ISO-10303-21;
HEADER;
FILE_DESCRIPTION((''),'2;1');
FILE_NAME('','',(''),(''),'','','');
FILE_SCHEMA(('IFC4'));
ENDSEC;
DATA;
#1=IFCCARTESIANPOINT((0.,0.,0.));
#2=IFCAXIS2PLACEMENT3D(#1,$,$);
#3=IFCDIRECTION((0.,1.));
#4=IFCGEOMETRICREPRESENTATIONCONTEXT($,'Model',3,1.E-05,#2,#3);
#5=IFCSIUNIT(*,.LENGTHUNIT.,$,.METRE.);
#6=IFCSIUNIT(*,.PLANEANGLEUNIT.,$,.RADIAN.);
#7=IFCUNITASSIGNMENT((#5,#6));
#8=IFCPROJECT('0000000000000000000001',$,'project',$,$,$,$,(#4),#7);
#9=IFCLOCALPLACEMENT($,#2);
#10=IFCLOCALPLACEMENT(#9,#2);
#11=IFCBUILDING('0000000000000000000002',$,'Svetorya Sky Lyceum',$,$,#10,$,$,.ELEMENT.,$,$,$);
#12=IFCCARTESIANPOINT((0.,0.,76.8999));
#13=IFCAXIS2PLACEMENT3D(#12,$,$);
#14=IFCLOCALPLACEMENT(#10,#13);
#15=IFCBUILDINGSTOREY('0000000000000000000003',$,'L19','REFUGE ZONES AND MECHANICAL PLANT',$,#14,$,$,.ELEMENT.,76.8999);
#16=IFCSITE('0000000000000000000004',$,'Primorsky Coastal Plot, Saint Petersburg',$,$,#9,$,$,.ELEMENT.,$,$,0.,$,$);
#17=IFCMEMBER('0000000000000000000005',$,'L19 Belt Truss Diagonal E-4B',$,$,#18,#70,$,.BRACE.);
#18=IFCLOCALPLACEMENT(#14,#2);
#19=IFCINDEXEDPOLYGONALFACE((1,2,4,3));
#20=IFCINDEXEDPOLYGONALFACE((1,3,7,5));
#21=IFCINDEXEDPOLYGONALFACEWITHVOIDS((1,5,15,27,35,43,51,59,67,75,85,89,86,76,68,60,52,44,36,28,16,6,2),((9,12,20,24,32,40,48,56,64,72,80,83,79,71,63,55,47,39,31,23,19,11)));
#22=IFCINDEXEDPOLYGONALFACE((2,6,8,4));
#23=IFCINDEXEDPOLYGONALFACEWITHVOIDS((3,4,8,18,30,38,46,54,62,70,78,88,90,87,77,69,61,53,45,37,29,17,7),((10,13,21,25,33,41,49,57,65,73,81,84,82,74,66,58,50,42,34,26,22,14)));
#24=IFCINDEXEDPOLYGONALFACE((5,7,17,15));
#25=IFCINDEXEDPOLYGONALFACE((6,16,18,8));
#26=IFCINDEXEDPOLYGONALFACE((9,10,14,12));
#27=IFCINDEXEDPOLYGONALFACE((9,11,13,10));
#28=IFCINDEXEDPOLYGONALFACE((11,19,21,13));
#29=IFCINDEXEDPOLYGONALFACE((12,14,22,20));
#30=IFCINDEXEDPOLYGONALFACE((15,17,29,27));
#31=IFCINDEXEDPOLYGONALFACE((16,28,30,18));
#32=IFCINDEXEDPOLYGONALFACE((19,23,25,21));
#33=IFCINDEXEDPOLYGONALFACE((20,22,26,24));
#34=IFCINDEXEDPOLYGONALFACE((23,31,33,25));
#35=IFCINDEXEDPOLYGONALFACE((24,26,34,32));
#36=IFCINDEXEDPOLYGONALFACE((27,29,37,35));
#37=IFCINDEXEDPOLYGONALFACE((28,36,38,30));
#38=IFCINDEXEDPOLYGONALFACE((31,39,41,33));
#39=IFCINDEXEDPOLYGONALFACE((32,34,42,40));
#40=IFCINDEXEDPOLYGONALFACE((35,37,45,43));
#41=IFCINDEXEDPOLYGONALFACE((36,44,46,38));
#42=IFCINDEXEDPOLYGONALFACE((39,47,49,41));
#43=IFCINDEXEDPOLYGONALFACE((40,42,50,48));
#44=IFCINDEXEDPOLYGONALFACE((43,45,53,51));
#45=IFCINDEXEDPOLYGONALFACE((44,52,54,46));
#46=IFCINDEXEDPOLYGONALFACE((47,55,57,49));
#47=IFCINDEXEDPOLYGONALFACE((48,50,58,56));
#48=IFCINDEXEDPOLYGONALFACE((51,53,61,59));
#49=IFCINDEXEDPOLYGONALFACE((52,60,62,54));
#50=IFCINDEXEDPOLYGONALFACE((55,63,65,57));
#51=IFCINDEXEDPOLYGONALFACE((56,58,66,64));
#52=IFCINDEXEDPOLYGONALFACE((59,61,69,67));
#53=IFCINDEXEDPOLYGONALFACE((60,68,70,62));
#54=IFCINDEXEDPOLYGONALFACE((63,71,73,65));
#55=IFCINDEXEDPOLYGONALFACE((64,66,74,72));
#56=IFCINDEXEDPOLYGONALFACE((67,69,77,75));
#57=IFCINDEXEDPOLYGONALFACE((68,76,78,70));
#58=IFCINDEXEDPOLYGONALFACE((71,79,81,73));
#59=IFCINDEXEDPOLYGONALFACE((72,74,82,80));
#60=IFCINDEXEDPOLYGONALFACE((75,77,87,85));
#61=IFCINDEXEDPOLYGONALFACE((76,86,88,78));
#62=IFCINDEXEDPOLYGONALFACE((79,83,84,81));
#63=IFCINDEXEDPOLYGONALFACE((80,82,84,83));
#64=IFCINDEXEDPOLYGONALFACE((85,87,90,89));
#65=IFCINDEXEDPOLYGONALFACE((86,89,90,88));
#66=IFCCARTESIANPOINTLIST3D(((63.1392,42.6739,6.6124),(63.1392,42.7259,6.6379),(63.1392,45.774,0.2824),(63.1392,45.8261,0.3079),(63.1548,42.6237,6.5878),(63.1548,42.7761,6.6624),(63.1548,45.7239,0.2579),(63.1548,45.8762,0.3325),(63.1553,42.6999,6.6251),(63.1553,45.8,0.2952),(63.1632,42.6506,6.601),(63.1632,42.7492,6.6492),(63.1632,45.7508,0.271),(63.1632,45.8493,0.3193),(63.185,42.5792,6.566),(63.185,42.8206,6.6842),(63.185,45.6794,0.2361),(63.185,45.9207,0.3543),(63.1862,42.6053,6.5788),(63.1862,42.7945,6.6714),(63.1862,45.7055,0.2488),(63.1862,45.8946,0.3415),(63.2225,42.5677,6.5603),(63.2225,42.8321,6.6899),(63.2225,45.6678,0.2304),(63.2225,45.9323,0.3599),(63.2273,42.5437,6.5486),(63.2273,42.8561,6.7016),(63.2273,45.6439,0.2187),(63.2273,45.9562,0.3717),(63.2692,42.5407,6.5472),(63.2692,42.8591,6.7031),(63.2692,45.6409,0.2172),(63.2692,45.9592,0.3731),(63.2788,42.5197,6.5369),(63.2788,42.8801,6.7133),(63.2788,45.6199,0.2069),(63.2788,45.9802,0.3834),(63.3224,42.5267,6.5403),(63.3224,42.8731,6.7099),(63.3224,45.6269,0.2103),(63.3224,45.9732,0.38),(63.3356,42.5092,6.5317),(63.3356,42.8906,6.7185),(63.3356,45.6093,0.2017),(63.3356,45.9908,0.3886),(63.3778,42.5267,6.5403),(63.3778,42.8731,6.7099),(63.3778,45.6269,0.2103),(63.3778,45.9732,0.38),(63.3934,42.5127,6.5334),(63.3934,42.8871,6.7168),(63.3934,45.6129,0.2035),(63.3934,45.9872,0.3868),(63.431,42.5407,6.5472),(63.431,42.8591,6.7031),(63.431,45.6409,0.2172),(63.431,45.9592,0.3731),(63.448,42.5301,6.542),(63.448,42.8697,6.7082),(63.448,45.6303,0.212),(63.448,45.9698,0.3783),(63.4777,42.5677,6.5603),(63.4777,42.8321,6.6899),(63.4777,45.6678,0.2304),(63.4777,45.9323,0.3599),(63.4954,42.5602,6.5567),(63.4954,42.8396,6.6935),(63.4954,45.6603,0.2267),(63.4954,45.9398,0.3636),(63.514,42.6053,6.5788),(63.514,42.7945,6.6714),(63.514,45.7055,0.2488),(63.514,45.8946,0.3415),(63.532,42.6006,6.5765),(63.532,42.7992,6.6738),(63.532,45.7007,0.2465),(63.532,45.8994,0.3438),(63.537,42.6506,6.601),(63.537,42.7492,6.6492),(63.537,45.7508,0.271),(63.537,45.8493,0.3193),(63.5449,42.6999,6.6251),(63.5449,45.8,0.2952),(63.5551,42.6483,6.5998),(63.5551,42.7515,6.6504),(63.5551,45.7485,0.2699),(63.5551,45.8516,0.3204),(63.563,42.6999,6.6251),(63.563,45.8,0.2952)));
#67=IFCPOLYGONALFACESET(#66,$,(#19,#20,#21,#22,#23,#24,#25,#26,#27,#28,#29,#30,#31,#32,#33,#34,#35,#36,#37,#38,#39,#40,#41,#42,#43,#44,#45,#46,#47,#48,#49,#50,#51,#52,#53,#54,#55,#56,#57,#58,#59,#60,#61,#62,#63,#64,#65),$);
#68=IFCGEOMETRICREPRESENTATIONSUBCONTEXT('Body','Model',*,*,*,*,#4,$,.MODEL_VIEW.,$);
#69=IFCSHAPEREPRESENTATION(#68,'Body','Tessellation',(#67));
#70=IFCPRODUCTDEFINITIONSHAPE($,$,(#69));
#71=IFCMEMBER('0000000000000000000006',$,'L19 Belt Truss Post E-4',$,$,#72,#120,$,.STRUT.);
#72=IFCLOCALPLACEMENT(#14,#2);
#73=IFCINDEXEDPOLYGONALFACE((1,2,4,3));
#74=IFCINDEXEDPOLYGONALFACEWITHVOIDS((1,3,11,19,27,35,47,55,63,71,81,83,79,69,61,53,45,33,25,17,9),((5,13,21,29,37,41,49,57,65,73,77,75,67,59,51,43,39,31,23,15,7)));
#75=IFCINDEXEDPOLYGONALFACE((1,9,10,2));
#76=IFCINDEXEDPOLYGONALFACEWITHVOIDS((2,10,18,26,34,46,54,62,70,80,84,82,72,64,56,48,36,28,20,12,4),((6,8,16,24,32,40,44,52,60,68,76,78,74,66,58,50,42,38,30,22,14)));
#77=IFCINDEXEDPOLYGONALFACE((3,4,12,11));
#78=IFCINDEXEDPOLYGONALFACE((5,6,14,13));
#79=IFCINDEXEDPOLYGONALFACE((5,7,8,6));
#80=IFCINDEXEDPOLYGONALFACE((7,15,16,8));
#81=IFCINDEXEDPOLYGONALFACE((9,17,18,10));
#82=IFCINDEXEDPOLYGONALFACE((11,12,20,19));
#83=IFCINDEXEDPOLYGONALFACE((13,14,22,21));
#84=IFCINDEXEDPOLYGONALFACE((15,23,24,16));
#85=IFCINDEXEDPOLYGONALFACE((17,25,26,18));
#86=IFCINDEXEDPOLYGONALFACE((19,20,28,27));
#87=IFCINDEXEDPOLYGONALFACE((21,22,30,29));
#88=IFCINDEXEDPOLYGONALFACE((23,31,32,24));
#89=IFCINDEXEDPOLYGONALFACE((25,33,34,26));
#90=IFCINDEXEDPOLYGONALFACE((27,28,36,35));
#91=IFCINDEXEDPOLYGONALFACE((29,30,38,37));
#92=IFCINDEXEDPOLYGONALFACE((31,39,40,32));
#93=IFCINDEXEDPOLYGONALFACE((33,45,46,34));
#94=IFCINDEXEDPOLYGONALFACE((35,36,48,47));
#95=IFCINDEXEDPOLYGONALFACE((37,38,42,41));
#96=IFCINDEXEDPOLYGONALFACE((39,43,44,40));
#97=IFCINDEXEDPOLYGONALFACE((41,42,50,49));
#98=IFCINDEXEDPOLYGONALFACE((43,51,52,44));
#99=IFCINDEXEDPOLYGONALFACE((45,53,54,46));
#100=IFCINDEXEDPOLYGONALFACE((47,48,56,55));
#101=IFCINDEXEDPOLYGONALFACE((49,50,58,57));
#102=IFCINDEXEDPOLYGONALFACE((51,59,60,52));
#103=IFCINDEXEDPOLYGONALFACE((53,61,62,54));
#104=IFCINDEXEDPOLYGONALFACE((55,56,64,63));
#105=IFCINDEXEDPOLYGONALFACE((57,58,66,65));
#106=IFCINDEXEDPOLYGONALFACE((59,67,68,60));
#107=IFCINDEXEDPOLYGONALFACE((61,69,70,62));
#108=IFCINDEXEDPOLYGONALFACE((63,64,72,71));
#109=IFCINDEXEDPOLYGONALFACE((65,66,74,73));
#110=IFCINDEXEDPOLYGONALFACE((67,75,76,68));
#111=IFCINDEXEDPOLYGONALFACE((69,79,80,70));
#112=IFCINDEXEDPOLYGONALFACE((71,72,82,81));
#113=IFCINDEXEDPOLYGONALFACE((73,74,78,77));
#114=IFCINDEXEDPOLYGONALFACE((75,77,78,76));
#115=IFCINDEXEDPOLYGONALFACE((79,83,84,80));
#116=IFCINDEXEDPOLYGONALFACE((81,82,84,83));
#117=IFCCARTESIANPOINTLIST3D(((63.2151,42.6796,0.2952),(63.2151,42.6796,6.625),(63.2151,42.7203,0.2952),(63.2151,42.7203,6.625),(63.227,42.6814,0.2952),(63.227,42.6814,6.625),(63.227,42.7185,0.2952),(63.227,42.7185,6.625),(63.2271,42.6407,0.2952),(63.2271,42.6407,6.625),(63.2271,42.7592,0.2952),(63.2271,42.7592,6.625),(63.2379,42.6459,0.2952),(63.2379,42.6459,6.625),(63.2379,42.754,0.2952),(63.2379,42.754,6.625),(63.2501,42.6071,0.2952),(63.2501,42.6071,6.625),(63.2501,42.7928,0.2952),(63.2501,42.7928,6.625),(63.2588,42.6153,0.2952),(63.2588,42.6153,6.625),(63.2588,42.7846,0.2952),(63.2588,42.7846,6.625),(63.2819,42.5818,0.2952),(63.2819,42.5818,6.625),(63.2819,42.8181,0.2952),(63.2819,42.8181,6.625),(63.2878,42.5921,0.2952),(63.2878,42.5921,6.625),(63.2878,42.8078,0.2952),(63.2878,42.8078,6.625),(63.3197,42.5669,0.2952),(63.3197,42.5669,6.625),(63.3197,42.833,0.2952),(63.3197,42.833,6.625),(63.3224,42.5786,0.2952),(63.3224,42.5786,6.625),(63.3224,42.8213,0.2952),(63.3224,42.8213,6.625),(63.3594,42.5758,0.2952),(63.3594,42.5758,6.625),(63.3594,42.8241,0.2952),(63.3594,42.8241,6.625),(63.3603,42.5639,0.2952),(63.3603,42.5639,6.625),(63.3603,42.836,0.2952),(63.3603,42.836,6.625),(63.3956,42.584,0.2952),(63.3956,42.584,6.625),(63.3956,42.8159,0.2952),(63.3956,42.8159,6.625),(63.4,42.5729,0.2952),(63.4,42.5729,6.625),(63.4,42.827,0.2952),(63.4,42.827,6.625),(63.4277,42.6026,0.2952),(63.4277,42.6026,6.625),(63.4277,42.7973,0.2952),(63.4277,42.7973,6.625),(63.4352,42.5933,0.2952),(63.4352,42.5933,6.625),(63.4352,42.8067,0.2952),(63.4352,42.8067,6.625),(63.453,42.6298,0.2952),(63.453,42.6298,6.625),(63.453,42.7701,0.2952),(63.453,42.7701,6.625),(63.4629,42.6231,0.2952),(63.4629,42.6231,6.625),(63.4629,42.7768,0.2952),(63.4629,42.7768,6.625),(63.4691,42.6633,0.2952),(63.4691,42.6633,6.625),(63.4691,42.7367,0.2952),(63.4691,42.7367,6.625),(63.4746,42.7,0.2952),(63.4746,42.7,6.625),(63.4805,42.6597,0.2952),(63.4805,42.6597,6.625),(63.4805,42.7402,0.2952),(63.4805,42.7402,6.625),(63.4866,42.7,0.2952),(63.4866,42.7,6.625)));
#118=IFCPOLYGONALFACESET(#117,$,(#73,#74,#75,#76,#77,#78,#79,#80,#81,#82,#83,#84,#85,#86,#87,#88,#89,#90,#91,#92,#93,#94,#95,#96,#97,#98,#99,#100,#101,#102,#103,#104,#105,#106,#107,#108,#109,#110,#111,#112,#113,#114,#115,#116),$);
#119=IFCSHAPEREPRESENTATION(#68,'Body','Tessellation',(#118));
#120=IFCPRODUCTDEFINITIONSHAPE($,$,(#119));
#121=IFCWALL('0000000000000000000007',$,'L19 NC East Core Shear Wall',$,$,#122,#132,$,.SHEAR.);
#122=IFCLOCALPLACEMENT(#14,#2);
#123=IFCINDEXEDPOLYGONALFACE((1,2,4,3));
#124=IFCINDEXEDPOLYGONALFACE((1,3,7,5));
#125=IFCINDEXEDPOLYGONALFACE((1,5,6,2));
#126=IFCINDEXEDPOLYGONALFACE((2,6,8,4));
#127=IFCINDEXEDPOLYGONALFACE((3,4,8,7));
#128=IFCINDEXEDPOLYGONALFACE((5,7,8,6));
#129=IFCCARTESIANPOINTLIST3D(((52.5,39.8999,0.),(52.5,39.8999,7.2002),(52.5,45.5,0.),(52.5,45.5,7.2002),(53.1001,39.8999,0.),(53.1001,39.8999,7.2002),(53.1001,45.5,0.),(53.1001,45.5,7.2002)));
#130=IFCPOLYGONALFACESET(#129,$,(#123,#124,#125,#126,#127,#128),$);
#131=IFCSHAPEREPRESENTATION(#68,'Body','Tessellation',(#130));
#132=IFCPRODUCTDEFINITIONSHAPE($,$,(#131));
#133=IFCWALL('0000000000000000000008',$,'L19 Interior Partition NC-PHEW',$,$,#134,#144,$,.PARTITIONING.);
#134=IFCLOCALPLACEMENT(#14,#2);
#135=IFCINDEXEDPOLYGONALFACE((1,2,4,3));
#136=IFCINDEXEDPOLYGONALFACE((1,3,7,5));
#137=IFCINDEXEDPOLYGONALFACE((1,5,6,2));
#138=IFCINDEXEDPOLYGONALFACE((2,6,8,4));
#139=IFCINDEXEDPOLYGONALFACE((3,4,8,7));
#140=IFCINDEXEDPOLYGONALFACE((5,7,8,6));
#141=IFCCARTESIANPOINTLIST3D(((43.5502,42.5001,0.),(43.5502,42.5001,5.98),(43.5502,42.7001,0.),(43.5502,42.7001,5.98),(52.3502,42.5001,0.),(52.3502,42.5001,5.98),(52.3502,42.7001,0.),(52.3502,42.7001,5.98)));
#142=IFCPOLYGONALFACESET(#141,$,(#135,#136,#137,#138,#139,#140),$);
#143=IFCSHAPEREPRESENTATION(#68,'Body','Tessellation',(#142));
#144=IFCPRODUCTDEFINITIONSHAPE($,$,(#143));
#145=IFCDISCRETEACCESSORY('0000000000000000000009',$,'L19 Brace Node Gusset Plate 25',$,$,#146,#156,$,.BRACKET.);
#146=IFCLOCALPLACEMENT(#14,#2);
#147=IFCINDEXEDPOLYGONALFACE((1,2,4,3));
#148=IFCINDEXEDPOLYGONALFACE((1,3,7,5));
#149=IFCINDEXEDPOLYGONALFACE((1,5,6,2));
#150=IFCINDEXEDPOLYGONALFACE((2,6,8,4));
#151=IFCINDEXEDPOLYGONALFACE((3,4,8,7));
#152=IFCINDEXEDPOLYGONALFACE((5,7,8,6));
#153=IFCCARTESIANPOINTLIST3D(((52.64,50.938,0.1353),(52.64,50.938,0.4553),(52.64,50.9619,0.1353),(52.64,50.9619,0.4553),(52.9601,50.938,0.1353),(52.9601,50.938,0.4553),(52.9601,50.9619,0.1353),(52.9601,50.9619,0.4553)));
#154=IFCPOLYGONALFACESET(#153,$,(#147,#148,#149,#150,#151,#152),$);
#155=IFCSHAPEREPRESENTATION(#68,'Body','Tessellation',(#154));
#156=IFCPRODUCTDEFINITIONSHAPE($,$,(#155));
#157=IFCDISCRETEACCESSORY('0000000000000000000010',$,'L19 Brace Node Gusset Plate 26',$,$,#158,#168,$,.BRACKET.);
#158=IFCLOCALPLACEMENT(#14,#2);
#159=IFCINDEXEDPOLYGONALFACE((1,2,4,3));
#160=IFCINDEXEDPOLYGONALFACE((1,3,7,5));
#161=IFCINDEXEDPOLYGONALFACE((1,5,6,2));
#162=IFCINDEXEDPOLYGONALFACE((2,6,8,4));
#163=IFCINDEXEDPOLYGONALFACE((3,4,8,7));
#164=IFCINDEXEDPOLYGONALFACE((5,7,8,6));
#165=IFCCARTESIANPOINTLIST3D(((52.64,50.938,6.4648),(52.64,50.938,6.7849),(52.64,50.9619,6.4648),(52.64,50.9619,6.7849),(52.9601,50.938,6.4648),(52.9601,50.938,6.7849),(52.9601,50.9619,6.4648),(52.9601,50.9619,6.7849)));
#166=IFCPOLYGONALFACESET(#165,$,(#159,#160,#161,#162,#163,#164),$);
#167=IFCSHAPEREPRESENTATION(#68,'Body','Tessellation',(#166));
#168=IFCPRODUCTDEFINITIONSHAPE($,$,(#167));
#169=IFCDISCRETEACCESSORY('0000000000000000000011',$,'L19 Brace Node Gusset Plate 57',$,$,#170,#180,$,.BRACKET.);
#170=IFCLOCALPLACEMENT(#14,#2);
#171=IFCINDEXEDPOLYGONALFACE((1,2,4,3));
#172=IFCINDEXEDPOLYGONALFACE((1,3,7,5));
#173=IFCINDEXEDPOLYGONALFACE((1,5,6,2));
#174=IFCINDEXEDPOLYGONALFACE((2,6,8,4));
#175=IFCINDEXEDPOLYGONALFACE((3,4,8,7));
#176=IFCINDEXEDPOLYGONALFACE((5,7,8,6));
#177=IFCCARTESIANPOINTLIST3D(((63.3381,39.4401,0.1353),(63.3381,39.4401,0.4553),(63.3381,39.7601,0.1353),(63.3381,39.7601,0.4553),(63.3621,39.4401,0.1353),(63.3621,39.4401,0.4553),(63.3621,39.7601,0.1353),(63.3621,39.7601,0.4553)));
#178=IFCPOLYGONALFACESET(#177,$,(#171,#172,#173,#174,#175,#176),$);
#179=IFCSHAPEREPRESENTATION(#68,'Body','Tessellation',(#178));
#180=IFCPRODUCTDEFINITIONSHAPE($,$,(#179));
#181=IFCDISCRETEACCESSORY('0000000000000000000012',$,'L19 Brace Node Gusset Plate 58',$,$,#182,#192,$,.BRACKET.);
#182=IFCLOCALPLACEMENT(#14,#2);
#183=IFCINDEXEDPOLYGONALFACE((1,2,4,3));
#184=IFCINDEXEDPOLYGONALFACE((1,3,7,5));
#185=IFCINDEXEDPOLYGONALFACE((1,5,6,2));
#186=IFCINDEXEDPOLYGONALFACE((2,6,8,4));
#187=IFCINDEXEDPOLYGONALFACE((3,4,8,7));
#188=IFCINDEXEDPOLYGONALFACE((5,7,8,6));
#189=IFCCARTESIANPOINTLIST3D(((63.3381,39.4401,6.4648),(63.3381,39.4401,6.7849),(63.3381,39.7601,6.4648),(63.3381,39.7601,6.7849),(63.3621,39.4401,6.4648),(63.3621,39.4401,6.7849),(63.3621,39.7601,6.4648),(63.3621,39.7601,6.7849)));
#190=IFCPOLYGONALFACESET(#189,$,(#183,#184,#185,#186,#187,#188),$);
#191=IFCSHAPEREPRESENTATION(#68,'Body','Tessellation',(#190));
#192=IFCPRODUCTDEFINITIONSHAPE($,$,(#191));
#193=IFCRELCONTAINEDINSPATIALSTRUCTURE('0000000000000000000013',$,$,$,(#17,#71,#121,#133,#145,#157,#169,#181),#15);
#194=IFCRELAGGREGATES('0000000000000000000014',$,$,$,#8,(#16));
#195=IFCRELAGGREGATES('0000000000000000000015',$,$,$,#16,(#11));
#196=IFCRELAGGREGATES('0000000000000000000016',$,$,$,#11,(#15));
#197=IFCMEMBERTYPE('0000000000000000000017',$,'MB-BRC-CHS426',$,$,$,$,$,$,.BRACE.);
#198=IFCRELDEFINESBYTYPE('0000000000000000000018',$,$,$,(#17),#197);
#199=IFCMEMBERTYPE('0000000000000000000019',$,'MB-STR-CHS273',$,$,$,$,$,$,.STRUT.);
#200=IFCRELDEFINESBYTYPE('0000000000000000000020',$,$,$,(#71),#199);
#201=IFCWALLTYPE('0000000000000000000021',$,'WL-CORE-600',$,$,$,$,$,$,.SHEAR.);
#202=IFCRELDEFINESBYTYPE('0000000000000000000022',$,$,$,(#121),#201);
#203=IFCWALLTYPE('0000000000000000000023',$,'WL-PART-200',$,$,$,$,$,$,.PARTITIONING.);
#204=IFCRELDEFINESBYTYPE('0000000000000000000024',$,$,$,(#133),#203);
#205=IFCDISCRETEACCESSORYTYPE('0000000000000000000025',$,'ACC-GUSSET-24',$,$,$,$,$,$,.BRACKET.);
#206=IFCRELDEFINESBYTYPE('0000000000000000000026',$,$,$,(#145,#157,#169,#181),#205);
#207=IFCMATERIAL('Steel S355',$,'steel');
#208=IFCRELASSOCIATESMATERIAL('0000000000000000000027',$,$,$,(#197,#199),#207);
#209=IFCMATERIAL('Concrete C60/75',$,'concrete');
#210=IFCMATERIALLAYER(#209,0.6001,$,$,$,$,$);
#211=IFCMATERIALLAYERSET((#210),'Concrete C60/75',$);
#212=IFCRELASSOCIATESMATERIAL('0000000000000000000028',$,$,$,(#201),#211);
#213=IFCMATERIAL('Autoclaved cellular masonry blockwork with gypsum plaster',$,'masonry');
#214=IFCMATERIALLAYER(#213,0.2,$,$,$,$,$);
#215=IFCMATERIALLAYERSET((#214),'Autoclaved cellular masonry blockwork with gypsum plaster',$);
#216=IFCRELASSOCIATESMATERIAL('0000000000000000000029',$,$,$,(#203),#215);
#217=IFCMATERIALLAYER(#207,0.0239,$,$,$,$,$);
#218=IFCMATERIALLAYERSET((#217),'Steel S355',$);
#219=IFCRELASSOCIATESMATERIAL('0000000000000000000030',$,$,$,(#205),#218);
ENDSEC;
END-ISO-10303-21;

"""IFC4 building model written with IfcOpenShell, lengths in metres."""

from ifc_helpers import new_model, si_unit, direction, frame, frame_2d, origin, origin_2d, place, context, subcontext, project, spatial, rectangle, hollow_circle, extrude, material, layer, layer_set, material_profile, profile_set, type_object, element, save


model = new_model("IFC4")

# Units and contexts
model_context = context("Model", 3, precision=1e-05, world=origin(), true_north=direction((0.0, 1.0)))
body_context = subcontext(model_context, "Body", "Model", "MODEL_VIEW")
ifc_project = project(units=[si_unit("LENGTHUNIT", "METRE"), si_unit("PLANEANGLEUNIT", "RADIAN")], contexts=[model_context])

# Site, building, storey
site_placement = place(None, origin())
site = spatial("IfcSite", under=ifc_project, at=site_placement, Name="Primorsky Coastal Plot, Saint Petersburg", CompositionType="ELEMENT", RefElevation=0.0)
building_placement = place(site_placement, origin())
building = spatial("IfcBuilding", under=site, at=building_placement, Name="Svetorya Sky Lyceum", CompositionType="ELEMENT")
storey_placement = place(building_placement, frame((0.0, 0.0, 76.8999)))
storey = spatial("IfcBuildingStorey", under=building, at=storey_placement, Name="L19", Description="REFUGE ZONES AND MECHANICAL PLANT", CompositionType="ELEMENT", Elevation=76.8999)

# Shared definitions
ifc_material_1 = material(Name="Concrete C60/75", Category="concrete")

# Shared definitions
ifc_material_2 = material(Name="Steel S355", Category="steel")

# Members
ifc_material_profile_1 = material_profile(ifc_material_2, hollow_circle(Radius=0.2129, WallThickness=0.0181, at=origin_2d()), Name="CHS 426x18")
ifc_profile_set_1 = profile_set([ifc_material_profile_1], Name="Steel S355")
member_type_1 = type_object("IfcMemberType", Name="MB-BRC-CHS426", PredefinedType="BRACE", material=ifc_profile_set_1)
member_1_placement = place(storey_placement, frame((63.3501, 45.8, 0.2952), z_axis=(0.0, -0.439841, 0.898076), x_axis=(1.0, 0.0, 0.0)))
element("IfcMember", 1, at=member_1_placement, inside=storey, type_object=member_type_1, Name="L19 Belt Truss Diagonal E-4B", PredefinedType="BRACE", context=body_context, shape_type="SweptSolid", body=[
    extrude(hollow_circle(Radius=0.2129, WallThickness=0.0181, at=origin_2d()), origin(), (0.0, 0.0, 1.0), 7.0483),
])
ifc_material_profile_2 = material_profile(ifc_material_2, hollow_circle(Radius=0.1365, WallThickness=0.012, at=origin_2d()), Name="CHS 273x12")
ifc_profile_set_2 = profile_set([ifc_material_profile_2], Name="Steel S355")
member_type_2 = type_object("IfcMemberType", Name="MB-STR-CHS273", PredefinedType="STRUT", material=ifc_profile_set_2)
member_2_placement = place(storey_placement, frame((63.3501, 42.7, 0.2952), z_axis=(0.0, 0.0, 1.0), x_axis=(1.0, 0.0, 0.0)))
element("IfcMember", 2, at=member_2_placement, inside=storey, type_object=member_type_2, Name="L19 Belt Truss Post E-4", PredefinedType="STRUT", context=body_context, shape_type="SweptSolid", body=[
    extrude(hollow_circle(Radius=0.1365, WallThickness=0.012, at=origin_2d()), origin(), (0.0, 0.0, 1.0), 6.3298),
])

# Walls
ifc_layer_1 = layer(ifc_material_1, 0.6001)
ifc_layer_set_1 = layer_set([ifc_layer_1], Name="Concrete C60/75")
wall_type_1 = type_object("IfcWallType", Name="WL-CORE-600", PredefinedType="SHEAR", material=ifc_layer_set_1)
wall_1_placement = place(storey_placement, frame((52.8, 39.8999, 0.0), z_axis=(0.0, 0.0, 1.0), x_axis=(0.0, 1.0, 0.0)))
element("IfcWall", 3, at=wall_1_placement, inside=storey, type_object=wall_type_1, Name="L19 NC East Core Shear Wall", PredefinedType="SHEAR", context=body_context, shape_type="SweptSolid", body=[
    extrude(rectangle(XDim=5.6001, YDim=0.6001, at=frame_2d((2.8, 0.0))), origin(), (0.0, 0.0, 1.0), 7.2002),
])
ifc_material_3 = material(Name="Autoclaved cellular masonry blockwork with gypsum plaster", Category="masonry")
ifc_layer_2 = layer(ifc_material_3, 0.2)
ifc_layer_set_2 = layer_set([ifc_layer_2], Name="Autoclaved cellular masonry blockwork with gypsum plaster")
wall_type_2 = type_object("IfcWallType", Name="WL-PART-200", PredefinedType="PARTITIONING", material=ifc_layer_set_2)
wall_2_placement = place(storey_placement, frame((52.3501, 42.6001, 0.0), z_axis=(0.0, 0.0, 1.0), x_axis=(-1.0, 0.0, 0.0)))
element("IfcWall", 4, at=wall_2_placement, inside=storey, type_object=wall_type_2, Name="L19 Interior Partition NC-PHEW", PredefinedType="PARTITIONING", context=body_context, shape_type="SweptSolid", body=[
    extrude(rectangle(XDim=8.8, YDim=0.2, at=frame_2d((4.3999, 0.0))), origin(), (0.0, 0.0, 1.0), 5.98),
])

# Discrete accessories
ifc_layer_3 = layer(ifc_material_2, 0.0239)
ifc_layer_set_3 = layer_set([ifc_layer_3], Name="Steel S355")
discrete_accessory_type = type_object("IfcDiscreteAccessoryType", Name="ACC-GUSSET-24", PredefinedType="BRACKET", material=ifc_layer_set_3)
for number, where, z_axis, x_axis, name in (
    (5, (52.8, 50.95, 0.1353), (0.0, 0.0, 1.0), (1.0, 0.0, 0.0), "L19 Brace Node Gusset Plate 25"),
    (6, (52.8, 50.95, 6.4648), (0.0, 0.0, 1.0), (1.0, 0.0, 0.0), "L19 Brace Node Gusset Plate 26"),
):
    element("IfcDiscreteAccessory", number, at=place(storey_placement, frame(where, z_axis=z_axis, x_axis=x_axis)), inside=storey, type_object=discrete_accessory_type, Name=name, PredefinedType="BRACKET", context=body_context, shape_type="SweptSolid", body=[
        extrude(rectangle(XDim=0.3201, YDim=0.0239, at=origin_2d()), origin(), (0.0, 0.0, 1.0), 0.3201),
    ])
for number, where, z_axis, x_axis, name in (
    (7, (63.3501, 39.6001, 0.1353), (0.0, 0.0, 1.0), (1.0, 0.0, 0.0), "L19 Brace Node Gusset Plate 57"),
    (8, (63.3501, 39.6001, 6.4648), (0.0, 0.0, 1.0), (1.0, 0.0, 0.0), "L19 Brace Node Gusset Plate 58"),
):
    element("IfcDiscreteAccessory", number, at=place(storey_placement, frame(where, z_axis=z_axis, x_axis=x_axis)), inside=storey, type_object=discrete_accessory_type, Name=name, PredefinedType="BRACKET", context=body_context, shape_type="SweptSolid", body=[
        extrude(rectangle(XDim=0.0239, YDim=0.3201, at=origin_2d()), origin(), (0.0, 0.0, 1.0), 0.3201),
    ])

save(model, "model.ifc")
